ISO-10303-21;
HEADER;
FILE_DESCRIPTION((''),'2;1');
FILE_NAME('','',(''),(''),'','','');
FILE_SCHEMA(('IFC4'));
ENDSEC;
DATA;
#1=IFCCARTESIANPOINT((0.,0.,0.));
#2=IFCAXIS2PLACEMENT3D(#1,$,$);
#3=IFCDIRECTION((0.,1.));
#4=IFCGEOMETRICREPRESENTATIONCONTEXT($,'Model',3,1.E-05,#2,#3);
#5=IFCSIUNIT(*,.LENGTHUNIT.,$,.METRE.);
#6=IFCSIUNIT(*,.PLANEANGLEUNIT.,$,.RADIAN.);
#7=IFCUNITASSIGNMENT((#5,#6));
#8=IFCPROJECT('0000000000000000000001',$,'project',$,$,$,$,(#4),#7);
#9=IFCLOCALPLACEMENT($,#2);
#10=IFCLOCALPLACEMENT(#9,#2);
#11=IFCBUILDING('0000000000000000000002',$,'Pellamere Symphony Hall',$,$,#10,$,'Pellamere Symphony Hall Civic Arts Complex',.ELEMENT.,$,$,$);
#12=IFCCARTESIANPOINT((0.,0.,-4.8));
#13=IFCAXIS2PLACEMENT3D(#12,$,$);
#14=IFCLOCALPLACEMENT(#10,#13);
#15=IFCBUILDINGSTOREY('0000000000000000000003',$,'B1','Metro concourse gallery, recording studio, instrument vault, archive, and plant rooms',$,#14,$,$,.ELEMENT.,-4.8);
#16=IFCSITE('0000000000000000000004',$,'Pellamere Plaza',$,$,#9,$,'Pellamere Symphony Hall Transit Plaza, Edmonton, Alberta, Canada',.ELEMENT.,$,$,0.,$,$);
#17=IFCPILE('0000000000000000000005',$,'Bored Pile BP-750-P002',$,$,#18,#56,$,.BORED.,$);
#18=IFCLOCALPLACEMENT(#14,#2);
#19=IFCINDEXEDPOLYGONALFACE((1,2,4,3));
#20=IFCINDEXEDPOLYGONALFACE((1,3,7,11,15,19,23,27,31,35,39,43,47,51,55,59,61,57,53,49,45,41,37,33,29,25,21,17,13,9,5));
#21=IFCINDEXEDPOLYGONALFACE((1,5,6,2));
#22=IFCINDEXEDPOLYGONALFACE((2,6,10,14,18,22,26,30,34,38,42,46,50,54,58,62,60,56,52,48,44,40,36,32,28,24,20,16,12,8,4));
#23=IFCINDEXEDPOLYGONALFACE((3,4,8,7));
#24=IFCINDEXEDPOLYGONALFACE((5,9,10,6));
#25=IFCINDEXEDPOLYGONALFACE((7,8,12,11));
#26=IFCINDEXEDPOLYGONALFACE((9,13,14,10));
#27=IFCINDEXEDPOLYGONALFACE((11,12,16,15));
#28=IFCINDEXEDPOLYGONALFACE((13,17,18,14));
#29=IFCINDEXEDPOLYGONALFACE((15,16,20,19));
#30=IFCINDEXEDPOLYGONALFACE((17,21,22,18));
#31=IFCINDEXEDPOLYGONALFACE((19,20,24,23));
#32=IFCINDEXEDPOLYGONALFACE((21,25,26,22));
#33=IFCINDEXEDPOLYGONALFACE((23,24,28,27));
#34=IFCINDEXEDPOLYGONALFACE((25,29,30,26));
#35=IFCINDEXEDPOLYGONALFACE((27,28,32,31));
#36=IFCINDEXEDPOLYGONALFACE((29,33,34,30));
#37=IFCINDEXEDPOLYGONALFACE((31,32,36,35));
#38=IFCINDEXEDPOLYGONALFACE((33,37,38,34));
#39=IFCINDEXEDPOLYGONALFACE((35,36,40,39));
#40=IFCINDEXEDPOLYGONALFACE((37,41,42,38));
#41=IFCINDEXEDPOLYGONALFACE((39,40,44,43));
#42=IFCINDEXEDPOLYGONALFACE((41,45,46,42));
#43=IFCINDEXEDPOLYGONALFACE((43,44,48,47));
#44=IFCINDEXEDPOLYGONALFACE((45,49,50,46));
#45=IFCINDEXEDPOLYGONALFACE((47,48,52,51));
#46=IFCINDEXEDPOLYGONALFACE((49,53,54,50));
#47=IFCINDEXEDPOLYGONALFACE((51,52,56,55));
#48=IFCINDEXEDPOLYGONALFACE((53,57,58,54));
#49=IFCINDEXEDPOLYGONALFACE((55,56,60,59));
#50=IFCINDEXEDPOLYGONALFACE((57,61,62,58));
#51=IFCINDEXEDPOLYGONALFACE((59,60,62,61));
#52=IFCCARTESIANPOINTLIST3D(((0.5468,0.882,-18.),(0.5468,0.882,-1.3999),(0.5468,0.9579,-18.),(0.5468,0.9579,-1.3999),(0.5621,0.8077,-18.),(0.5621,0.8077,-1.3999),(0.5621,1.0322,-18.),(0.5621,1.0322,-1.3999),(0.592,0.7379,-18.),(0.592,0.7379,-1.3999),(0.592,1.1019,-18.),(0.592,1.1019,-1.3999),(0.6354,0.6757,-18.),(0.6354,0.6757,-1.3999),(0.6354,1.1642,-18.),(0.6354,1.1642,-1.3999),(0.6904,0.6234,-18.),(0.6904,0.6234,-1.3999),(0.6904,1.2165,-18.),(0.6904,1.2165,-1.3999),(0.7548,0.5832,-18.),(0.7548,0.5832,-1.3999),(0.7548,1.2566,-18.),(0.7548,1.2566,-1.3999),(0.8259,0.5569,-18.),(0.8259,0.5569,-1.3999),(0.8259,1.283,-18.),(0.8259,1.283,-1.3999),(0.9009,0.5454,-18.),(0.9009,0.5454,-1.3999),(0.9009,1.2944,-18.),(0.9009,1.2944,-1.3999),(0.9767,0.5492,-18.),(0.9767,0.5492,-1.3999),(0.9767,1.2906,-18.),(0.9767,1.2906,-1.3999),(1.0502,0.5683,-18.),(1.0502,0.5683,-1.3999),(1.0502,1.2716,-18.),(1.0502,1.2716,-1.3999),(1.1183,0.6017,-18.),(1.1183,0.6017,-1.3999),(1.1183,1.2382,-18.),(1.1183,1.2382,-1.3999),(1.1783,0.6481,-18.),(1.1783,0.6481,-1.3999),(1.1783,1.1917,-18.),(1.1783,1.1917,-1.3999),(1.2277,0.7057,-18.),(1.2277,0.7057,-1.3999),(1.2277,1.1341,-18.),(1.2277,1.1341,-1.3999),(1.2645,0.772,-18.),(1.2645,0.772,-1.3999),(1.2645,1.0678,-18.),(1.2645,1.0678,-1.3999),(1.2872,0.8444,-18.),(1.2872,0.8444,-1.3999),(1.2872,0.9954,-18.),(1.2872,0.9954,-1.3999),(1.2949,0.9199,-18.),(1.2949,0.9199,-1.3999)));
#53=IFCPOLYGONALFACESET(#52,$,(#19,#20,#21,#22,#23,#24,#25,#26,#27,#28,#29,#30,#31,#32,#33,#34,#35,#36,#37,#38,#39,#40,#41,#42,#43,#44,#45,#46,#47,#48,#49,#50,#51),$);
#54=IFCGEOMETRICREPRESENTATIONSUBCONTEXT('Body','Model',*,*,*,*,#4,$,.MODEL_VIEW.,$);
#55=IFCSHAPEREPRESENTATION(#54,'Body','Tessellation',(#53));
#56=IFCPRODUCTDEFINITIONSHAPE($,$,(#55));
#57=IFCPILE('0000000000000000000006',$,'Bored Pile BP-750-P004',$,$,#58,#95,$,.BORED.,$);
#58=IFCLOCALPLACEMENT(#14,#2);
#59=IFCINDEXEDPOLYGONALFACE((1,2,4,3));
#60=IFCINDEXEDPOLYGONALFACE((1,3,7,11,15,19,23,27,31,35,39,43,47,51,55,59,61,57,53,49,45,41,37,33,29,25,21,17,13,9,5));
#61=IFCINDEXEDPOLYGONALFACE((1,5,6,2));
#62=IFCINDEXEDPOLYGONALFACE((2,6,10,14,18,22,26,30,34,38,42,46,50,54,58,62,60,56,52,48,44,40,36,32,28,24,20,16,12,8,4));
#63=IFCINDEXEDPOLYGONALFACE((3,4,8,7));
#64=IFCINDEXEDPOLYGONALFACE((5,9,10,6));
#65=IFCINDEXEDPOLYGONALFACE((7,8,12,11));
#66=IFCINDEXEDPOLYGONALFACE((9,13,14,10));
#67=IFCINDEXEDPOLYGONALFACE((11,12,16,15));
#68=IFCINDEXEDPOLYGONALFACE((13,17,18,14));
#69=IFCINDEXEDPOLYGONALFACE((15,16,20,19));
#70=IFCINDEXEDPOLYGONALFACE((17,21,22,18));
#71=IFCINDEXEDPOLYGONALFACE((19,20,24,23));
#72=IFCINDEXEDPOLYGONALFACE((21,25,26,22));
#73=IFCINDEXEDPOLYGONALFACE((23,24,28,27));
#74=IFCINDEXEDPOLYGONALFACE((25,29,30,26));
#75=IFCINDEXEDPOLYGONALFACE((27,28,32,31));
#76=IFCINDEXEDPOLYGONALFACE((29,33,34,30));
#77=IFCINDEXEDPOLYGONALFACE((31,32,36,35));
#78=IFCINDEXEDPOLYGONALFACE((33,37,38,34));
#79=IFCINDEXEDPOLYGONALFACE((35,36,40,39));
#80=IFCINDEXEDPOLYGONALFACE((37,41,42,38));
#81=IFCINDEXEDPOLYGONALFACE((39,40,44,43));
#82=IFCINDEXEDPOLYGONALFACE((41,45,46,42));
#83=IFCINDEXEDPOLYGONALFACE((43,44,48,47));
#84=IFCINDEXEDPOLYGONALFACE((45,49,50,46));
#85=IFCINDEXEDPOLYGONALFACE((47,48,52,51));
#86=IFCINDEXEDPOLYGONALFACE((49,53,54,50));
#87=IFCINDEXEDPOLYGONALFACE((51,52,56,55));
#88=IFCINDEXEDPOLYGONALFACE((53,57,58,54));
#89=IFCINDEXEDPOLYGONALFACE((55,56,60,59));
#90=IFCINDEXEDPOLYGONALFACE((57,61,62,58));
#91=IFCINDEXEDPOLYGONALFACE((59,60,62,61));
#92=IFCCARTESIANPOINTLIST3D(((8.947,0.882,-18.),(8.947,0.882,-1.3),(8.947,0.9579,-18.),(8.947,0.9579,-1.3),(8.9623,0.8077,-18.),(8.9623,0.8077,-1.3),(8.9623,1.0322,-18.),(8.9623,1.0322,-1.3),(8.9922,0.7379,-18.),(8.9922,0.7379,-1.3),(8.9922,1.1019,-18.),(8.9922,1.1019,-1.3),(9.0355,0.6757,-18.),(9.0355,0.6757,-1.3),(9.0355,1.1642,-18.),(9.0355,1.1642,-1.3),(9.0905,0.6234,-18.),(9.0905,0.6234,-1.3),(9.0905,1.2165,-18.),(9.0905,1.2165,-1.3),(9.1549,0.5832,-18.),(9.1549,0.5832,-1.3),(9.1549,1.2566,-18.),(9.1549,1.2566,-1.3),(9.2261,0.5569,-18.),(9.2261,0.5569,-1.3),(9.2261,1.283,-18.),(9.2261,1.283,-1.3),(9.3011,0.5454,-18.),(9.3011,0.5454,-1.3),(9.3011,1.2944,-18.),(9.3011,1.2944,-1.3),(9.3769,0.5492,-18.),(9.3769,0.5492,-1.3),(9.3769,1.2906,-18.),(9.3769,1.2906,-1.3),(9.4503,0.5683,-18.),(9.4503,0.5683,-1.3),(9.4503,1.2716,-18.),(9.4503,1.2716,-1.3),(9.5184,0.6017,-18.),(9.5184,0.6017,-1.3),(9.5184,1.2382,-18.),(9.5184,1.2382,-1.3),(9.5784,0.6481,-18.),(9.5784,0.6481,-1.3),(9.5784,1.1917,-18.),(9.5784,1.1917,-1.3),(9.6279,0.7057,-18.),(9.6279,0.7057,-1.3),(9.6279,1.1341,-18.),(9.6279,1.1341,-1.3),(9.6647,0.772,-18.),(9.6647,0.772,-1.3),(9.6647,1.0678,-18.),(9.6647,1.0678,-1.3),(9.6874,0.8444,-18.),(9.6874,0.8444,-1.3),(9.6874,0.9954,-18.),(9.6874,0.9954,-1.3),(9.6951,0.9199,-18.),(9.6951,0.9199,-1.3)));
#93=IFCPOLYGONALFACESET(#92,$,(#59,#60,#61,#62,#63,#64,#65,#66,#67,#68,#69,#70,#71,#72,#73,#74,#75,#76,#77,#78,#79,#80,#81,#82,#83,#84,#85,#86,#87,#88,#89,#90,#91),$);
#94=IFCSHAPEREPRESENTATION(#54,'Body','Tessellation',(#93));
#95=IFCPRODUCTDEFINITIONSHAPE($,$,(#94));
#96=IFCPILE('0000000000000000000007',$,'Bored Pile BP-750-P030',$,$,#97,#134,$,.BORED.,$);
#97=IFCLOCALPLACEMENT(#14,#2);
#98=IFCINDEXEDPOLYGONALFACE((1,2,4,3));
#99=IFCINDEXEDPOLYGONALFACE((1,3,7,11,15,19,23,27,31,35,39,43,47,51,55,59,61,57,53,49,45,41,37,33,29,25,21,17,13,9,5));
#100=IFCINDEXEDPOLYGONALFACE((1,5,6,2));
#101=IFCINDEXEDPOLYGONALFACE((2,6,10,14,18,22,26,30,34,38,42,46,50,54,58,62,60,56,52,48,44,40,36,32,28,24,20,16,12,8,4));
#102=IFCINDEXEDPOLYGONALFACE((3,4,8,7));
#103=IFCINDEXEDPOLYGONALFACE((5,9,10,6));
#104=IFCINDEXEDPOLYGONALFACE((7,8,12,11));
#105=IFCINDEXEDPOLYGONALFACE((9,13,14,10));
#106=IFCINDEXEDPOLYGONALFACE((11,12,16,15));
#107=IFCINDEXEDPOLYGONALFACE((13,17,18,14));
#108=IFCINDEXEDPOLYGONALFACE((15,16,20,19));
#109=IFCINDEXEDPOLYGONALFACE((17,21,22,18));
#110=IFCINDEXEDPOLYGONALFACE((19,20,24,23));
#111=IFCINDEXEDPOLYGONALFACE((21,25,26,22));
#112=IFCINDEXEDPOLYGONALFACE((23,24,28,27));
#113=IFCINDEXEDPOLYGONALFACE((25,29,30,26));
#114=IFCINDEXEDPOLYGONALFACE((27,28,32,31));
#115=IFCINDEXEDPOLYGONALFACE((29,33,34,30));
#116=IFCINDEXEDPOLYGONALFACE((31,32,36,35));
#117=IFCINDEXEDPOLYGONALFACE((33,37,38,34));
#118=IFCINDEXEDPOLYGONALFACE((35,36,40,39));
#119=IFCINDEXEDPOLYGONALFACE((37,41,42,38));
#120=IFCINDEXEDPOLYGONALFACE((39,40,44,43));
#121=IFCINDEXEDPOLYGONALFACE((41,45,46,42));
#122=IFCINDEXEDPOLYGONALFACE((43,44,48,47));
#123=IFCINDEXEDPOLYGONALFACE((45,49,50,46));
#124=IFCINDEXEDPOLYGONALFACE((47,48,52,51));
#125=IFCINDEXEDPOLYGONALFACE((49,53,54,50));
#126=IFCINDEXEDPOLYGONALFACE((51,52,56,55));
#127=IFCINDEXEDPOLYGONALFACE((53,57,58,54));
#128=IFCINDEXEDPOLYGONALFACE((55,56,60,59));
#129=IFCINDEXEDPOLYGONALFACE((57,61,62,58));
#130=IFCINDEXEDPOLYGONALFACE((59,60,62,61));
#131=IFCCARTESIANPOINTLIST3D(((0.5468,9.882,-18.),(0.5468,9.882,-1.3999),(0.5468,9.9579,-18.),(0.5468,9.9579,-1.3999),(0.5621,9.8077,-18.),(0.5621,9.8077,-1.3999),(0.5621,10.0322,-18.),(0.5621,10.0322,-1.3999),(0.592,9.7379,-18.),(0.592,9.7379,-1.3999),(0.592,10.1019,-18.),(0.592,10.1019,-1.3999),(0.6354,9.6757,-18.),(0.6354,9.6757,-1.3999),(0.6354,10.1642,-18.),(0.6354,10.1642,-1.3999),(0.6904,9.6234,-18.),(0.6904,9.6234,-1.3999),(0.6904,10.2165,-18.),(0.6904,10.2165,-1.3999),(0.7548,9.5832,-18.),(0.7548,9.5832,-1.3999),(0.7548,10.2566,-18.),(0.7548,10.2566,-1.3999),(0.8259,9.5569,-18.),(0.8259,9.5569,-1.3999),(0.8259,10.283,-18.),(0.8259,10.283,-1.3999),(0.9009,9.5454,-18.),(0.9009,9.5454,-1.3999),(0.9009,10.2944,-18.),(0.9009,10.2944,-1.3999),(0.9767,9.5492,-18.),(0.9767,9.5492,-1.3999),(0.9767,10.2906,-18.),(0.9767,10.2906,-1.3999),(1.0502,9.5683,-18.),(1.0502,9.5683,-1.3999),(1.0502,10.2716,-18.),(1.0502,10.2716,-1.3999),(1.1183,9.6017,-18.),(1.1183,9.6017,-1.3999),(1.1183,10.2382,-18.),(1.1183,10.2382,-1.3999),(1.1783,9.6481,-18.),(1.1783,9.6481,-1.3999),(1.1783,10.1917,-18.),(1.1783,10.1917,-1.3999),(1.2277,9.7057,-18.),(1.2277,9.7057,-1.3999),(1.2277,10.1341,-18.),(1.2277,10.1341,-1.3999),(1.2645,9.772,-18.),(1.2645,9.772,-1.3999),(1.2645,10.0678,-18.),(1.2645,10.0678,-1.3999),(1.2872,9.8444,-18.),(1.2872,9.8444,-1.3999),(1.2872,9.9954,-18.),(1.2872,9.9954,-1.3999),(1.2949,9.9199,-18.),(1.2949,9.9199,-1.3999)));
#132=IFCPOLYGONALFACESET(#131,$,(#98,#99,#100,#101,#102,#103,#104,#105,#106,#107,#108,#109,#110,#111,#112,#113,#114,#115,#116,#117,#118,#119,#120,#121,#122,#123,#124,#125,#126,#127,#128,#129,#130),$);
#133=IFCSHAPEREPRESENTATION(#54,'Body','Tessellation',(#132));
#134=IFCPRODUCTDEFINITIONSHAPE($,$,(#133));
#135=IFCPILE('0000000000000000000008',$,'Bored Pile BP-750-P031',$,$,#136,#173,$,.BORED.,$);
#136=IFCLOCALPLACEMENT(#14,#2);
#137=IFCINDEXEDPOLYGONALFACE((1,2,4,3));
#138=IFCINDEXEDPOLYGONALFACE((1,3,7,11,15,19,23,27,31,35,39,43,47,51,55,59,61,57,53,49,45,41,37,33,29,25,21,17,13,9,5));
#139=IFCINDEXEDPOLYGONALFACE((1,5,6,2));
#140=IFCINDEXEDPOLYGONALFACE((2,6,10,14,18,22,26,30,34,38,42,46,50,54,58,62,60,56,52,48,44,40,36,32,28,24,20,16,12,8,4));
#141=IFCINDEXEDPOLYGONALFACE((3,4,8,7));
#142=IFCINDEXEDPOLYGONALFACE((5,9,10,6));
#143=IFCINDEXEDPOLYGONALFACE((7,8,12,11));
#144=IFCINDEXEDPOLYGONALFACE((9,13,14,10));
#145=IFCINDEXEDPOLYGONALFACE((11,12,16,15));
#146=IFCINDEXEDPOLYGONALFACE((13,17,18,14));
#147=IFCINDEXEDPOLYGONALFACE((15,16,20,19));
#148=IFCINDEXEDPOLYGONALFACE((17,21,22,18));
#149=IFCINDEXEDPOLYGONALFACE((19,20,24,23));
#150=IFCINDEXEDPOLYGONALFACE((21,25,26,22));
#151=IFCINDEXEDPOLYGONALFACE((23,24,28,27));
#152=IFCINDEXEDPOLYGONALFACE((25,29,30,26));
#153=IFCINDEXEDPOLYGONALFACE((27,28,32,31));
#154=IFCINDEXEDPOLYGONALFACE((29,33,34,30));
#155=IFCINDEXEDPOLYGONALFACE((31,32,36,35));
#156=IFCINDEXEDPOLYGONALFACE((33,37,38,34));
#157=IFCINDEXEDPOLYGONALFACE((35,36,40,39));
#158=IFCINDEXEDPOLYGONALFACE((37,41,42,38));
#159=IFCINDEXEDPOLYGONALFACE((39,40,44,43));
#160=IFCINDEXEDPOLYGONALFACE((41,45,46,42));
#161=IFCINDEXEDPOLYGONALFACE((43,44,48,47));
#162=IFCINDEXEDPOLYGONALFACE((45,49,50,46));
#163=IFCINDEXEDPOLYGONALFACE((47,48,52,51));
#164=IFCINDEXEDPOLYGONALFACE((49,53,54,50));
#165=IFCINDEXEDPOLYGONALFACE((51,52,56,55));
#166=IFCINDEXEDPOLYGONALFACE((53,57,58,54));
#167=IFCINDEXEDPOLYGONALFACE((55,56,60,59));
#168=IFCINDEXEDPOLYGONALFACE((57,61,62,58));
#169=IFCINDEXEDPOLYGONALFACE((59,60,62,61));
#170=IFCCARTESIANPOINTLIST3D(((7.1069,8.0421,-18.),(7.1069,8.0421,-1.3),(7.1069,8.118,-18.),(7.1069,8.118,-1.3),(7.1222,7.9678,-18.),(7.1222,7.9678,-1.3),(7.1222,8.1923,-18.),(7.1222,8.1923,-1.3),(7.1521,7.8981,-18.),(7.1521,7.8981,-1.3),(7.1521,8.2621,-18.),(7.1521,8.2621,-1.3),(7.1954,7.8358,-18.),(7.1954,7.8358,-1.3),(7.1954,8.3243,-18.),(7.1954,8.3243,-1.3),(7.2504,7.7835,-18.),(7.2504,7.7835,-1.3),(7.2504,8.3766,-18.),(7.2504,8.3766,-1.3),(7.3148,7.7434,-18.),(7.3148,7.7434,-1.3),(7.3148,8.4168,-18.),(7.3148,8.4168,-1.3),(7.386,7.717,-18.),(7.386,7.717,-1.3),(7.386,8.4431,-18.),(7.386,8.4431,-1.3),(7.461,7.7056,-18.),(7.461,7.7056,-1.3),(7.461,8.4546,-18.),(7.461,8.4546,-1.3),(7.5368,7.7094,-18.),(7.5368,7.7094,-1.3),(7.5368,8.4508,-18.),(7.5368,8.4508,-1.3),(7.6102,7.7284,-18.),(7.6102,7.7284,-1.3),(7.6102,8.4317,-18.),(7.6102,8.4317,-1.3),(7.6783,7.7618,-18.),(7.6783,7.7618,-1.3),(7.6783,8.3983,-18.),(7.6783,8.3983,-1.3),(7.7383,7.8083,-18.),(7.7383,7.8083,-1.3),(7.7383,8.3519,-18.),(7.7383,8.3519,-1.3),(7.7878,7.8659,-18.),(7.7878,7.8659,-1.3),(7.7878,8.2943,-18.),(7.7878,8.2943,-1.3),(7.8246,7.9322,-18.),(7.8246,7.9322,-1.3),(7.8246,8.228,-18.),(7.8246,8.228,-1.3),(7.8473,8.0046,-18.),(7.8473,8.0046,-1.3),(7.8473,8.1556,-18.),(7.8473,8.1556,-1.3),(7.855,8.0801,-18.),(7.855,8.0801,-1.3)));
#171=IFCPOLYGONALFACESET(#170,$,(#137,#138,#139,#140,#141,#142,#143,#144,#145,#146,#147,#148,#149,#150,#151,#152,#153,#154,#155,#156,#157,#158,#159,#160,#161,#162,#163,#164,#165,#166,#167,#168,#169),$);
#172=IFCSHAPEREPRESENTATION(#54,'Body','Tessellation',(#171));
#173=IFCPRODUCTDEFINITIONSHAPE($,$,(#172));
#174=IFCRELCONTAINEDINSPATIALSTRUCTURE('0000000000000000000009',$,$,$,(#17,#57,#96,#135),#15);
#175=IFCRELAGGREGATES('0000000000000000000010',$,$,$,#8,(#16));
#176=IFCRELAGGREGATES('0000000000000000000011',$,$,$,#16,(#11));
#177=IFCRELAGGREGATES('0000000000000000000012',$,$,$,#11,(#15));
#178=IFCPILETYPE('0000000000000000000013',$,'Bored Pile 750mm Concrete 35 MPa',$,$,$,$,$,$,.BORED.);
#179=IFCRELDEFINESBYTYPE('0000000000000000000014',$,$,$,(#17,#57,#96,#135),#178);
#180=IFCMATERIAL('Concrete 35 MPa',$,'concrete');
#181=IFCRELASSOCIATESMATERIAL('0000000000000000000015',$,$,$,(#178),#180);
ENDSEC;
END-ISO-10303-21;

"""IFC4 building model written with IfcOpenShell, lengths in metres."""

from ifc_helpers import new_model, si_unit, direction, frame, origin, origin_2d, place, context, subcontext, project, spatial, circle, extrude, material, material_profile, profile_set, type_object, element, save


model = new_model("IFC4")

# Units and contexts
model_context = context("Model", 3, precision=1e-05, world=origin(), true_north=direction((0.0, 1.0)))
body_context = subcontext(model_context, "Body", "Model", "MODEL_VIEW")
ifc_project = project(units=[si_unit("LENGTHUNIT", "METRE"), si_unit("PLANEANGLEUNIT", "RADIAN")], contexts=[model_context])

# Site, building, storey
site_placement = place(None, origin())
site = spatial("IfcSite", under=ifc_project, at=site_placement, Name="Pellamere Plaza", LongName="Pellamere Symphony Hall Transit Plaza, Edmonton, Alberta, Canada", CompositionType="ELEMENT", RefElevation=0.0)
building_placement = place(site_placement, origin())
building = spatial("IfcBuilding", under=site, at=building_placement, Name="Pellamere Symphony Hall", LongName="Pellamere Symphony Hall Civic Arts Complex", CompositionType="ELEMENT")
storey_placement = place(building_placement, frame((0.0, 0.0, -4.8)))
storey = spatial("IfcBuildingStorey", under=building, at=storey_placement, Name="B1", Description="Metro concourse gallery, recording studio, instrument vault, archive, and plant rooms", CompositionType="ELEMENT", Elevation=-4.8)

# Piles
ifc_material_1 = material(Name="Concrete 35 MPa", Category="concrete")
ifc_material_profile_1 = material_profile(ifc_material_1, circle(Radius=0.375, at=origin_2d()), Name="PILE D750")
ifc_profile_set_1 = profile_set([ifc_material_profile_1], Name="Concrete 35 MPa")
pile_type = type_object("IfcPileType", Name="Bored Pile 750mm Concrete 35 MPa", PredefinedType="BORED", material=ifc_profile_set_1)
pile_1_placement = place(storey_placement, frame((0.9199, 0.9199, -1.3999), z_axis=(0.0, 0.0, -1.0), x_axis=(1.0, 0.0, 0.0)))
element("IfcPile", 1, at=pile_1_placement, inside=storey, type_object=pile_type, Name="Bored Pile BP-750-P002", PredefinedType="BORED", context=body_context, shape_type="SweptSolid", body=[
    extrude(circle(Radius=0.375, at=origin_2d()), origin(), (0.0, 0.0, 1.0), 16.6001),
])
pile_2_placement = place(storey_placement, frame((9.3201, 0.9199, -1.3), z_axis=(0.0, 0.0, -1.0), x_axis=(1.0, 0.0, 0.0)))
element("IfcPile", 2, at=pile_2_placement, inside=storey, type_object=pile_type, Name="Bored Pile BP-750-P004", PredefinedType="BORED", context=body_context, shape_type="SweptSolid", body=[
    extrude(circle(Radius=0.375, at=origin_2d()), origin(), (0.0, 0.0, 1.0), 16.7),
])
pile_3_placement = place(storey_placement, frame((0.9199, 9.9199, -1.3999), z_axis=(0.0, 0.0, -1.0), x_axis=(1.0, 0.0, 0.0)))
element("IfcPile", 3, at=pile_3_placement, inside=storey, type_object=pile_type, Name="Bored Pile BP-750-P030", PredefinedType="BORED", context=body_context, shape_type="SweptSolid", body=[
    extrude(circle(Radius=0.375, at=origin_2d()), origin(), (0.0, 0.0, 1.0), 16.6001),
])
for number, where, z_axis, x_axis, name in (
    (4, (7.48, 8.0801, -1.3), (0.0, 0.0, -1.0), (1.0, 0.0, 0.0), "Bored Pile BP-750-P031"),
):
    element("IfcPile", number, at=place(storey_placement, frame(where, z_axis=z_axis, x_axis=x_axis)), inside=storey, type_object=pile_type, Name=name, PredefinedType="BORED", context=body_context, shape_type="SweptSolid", body=[
        extrude(circle(Radius=0.375, at=origin_2d()), origin(), (0.0, 0.0, 1.0), 16.7),
    ])

save(model, "model.ifc")
